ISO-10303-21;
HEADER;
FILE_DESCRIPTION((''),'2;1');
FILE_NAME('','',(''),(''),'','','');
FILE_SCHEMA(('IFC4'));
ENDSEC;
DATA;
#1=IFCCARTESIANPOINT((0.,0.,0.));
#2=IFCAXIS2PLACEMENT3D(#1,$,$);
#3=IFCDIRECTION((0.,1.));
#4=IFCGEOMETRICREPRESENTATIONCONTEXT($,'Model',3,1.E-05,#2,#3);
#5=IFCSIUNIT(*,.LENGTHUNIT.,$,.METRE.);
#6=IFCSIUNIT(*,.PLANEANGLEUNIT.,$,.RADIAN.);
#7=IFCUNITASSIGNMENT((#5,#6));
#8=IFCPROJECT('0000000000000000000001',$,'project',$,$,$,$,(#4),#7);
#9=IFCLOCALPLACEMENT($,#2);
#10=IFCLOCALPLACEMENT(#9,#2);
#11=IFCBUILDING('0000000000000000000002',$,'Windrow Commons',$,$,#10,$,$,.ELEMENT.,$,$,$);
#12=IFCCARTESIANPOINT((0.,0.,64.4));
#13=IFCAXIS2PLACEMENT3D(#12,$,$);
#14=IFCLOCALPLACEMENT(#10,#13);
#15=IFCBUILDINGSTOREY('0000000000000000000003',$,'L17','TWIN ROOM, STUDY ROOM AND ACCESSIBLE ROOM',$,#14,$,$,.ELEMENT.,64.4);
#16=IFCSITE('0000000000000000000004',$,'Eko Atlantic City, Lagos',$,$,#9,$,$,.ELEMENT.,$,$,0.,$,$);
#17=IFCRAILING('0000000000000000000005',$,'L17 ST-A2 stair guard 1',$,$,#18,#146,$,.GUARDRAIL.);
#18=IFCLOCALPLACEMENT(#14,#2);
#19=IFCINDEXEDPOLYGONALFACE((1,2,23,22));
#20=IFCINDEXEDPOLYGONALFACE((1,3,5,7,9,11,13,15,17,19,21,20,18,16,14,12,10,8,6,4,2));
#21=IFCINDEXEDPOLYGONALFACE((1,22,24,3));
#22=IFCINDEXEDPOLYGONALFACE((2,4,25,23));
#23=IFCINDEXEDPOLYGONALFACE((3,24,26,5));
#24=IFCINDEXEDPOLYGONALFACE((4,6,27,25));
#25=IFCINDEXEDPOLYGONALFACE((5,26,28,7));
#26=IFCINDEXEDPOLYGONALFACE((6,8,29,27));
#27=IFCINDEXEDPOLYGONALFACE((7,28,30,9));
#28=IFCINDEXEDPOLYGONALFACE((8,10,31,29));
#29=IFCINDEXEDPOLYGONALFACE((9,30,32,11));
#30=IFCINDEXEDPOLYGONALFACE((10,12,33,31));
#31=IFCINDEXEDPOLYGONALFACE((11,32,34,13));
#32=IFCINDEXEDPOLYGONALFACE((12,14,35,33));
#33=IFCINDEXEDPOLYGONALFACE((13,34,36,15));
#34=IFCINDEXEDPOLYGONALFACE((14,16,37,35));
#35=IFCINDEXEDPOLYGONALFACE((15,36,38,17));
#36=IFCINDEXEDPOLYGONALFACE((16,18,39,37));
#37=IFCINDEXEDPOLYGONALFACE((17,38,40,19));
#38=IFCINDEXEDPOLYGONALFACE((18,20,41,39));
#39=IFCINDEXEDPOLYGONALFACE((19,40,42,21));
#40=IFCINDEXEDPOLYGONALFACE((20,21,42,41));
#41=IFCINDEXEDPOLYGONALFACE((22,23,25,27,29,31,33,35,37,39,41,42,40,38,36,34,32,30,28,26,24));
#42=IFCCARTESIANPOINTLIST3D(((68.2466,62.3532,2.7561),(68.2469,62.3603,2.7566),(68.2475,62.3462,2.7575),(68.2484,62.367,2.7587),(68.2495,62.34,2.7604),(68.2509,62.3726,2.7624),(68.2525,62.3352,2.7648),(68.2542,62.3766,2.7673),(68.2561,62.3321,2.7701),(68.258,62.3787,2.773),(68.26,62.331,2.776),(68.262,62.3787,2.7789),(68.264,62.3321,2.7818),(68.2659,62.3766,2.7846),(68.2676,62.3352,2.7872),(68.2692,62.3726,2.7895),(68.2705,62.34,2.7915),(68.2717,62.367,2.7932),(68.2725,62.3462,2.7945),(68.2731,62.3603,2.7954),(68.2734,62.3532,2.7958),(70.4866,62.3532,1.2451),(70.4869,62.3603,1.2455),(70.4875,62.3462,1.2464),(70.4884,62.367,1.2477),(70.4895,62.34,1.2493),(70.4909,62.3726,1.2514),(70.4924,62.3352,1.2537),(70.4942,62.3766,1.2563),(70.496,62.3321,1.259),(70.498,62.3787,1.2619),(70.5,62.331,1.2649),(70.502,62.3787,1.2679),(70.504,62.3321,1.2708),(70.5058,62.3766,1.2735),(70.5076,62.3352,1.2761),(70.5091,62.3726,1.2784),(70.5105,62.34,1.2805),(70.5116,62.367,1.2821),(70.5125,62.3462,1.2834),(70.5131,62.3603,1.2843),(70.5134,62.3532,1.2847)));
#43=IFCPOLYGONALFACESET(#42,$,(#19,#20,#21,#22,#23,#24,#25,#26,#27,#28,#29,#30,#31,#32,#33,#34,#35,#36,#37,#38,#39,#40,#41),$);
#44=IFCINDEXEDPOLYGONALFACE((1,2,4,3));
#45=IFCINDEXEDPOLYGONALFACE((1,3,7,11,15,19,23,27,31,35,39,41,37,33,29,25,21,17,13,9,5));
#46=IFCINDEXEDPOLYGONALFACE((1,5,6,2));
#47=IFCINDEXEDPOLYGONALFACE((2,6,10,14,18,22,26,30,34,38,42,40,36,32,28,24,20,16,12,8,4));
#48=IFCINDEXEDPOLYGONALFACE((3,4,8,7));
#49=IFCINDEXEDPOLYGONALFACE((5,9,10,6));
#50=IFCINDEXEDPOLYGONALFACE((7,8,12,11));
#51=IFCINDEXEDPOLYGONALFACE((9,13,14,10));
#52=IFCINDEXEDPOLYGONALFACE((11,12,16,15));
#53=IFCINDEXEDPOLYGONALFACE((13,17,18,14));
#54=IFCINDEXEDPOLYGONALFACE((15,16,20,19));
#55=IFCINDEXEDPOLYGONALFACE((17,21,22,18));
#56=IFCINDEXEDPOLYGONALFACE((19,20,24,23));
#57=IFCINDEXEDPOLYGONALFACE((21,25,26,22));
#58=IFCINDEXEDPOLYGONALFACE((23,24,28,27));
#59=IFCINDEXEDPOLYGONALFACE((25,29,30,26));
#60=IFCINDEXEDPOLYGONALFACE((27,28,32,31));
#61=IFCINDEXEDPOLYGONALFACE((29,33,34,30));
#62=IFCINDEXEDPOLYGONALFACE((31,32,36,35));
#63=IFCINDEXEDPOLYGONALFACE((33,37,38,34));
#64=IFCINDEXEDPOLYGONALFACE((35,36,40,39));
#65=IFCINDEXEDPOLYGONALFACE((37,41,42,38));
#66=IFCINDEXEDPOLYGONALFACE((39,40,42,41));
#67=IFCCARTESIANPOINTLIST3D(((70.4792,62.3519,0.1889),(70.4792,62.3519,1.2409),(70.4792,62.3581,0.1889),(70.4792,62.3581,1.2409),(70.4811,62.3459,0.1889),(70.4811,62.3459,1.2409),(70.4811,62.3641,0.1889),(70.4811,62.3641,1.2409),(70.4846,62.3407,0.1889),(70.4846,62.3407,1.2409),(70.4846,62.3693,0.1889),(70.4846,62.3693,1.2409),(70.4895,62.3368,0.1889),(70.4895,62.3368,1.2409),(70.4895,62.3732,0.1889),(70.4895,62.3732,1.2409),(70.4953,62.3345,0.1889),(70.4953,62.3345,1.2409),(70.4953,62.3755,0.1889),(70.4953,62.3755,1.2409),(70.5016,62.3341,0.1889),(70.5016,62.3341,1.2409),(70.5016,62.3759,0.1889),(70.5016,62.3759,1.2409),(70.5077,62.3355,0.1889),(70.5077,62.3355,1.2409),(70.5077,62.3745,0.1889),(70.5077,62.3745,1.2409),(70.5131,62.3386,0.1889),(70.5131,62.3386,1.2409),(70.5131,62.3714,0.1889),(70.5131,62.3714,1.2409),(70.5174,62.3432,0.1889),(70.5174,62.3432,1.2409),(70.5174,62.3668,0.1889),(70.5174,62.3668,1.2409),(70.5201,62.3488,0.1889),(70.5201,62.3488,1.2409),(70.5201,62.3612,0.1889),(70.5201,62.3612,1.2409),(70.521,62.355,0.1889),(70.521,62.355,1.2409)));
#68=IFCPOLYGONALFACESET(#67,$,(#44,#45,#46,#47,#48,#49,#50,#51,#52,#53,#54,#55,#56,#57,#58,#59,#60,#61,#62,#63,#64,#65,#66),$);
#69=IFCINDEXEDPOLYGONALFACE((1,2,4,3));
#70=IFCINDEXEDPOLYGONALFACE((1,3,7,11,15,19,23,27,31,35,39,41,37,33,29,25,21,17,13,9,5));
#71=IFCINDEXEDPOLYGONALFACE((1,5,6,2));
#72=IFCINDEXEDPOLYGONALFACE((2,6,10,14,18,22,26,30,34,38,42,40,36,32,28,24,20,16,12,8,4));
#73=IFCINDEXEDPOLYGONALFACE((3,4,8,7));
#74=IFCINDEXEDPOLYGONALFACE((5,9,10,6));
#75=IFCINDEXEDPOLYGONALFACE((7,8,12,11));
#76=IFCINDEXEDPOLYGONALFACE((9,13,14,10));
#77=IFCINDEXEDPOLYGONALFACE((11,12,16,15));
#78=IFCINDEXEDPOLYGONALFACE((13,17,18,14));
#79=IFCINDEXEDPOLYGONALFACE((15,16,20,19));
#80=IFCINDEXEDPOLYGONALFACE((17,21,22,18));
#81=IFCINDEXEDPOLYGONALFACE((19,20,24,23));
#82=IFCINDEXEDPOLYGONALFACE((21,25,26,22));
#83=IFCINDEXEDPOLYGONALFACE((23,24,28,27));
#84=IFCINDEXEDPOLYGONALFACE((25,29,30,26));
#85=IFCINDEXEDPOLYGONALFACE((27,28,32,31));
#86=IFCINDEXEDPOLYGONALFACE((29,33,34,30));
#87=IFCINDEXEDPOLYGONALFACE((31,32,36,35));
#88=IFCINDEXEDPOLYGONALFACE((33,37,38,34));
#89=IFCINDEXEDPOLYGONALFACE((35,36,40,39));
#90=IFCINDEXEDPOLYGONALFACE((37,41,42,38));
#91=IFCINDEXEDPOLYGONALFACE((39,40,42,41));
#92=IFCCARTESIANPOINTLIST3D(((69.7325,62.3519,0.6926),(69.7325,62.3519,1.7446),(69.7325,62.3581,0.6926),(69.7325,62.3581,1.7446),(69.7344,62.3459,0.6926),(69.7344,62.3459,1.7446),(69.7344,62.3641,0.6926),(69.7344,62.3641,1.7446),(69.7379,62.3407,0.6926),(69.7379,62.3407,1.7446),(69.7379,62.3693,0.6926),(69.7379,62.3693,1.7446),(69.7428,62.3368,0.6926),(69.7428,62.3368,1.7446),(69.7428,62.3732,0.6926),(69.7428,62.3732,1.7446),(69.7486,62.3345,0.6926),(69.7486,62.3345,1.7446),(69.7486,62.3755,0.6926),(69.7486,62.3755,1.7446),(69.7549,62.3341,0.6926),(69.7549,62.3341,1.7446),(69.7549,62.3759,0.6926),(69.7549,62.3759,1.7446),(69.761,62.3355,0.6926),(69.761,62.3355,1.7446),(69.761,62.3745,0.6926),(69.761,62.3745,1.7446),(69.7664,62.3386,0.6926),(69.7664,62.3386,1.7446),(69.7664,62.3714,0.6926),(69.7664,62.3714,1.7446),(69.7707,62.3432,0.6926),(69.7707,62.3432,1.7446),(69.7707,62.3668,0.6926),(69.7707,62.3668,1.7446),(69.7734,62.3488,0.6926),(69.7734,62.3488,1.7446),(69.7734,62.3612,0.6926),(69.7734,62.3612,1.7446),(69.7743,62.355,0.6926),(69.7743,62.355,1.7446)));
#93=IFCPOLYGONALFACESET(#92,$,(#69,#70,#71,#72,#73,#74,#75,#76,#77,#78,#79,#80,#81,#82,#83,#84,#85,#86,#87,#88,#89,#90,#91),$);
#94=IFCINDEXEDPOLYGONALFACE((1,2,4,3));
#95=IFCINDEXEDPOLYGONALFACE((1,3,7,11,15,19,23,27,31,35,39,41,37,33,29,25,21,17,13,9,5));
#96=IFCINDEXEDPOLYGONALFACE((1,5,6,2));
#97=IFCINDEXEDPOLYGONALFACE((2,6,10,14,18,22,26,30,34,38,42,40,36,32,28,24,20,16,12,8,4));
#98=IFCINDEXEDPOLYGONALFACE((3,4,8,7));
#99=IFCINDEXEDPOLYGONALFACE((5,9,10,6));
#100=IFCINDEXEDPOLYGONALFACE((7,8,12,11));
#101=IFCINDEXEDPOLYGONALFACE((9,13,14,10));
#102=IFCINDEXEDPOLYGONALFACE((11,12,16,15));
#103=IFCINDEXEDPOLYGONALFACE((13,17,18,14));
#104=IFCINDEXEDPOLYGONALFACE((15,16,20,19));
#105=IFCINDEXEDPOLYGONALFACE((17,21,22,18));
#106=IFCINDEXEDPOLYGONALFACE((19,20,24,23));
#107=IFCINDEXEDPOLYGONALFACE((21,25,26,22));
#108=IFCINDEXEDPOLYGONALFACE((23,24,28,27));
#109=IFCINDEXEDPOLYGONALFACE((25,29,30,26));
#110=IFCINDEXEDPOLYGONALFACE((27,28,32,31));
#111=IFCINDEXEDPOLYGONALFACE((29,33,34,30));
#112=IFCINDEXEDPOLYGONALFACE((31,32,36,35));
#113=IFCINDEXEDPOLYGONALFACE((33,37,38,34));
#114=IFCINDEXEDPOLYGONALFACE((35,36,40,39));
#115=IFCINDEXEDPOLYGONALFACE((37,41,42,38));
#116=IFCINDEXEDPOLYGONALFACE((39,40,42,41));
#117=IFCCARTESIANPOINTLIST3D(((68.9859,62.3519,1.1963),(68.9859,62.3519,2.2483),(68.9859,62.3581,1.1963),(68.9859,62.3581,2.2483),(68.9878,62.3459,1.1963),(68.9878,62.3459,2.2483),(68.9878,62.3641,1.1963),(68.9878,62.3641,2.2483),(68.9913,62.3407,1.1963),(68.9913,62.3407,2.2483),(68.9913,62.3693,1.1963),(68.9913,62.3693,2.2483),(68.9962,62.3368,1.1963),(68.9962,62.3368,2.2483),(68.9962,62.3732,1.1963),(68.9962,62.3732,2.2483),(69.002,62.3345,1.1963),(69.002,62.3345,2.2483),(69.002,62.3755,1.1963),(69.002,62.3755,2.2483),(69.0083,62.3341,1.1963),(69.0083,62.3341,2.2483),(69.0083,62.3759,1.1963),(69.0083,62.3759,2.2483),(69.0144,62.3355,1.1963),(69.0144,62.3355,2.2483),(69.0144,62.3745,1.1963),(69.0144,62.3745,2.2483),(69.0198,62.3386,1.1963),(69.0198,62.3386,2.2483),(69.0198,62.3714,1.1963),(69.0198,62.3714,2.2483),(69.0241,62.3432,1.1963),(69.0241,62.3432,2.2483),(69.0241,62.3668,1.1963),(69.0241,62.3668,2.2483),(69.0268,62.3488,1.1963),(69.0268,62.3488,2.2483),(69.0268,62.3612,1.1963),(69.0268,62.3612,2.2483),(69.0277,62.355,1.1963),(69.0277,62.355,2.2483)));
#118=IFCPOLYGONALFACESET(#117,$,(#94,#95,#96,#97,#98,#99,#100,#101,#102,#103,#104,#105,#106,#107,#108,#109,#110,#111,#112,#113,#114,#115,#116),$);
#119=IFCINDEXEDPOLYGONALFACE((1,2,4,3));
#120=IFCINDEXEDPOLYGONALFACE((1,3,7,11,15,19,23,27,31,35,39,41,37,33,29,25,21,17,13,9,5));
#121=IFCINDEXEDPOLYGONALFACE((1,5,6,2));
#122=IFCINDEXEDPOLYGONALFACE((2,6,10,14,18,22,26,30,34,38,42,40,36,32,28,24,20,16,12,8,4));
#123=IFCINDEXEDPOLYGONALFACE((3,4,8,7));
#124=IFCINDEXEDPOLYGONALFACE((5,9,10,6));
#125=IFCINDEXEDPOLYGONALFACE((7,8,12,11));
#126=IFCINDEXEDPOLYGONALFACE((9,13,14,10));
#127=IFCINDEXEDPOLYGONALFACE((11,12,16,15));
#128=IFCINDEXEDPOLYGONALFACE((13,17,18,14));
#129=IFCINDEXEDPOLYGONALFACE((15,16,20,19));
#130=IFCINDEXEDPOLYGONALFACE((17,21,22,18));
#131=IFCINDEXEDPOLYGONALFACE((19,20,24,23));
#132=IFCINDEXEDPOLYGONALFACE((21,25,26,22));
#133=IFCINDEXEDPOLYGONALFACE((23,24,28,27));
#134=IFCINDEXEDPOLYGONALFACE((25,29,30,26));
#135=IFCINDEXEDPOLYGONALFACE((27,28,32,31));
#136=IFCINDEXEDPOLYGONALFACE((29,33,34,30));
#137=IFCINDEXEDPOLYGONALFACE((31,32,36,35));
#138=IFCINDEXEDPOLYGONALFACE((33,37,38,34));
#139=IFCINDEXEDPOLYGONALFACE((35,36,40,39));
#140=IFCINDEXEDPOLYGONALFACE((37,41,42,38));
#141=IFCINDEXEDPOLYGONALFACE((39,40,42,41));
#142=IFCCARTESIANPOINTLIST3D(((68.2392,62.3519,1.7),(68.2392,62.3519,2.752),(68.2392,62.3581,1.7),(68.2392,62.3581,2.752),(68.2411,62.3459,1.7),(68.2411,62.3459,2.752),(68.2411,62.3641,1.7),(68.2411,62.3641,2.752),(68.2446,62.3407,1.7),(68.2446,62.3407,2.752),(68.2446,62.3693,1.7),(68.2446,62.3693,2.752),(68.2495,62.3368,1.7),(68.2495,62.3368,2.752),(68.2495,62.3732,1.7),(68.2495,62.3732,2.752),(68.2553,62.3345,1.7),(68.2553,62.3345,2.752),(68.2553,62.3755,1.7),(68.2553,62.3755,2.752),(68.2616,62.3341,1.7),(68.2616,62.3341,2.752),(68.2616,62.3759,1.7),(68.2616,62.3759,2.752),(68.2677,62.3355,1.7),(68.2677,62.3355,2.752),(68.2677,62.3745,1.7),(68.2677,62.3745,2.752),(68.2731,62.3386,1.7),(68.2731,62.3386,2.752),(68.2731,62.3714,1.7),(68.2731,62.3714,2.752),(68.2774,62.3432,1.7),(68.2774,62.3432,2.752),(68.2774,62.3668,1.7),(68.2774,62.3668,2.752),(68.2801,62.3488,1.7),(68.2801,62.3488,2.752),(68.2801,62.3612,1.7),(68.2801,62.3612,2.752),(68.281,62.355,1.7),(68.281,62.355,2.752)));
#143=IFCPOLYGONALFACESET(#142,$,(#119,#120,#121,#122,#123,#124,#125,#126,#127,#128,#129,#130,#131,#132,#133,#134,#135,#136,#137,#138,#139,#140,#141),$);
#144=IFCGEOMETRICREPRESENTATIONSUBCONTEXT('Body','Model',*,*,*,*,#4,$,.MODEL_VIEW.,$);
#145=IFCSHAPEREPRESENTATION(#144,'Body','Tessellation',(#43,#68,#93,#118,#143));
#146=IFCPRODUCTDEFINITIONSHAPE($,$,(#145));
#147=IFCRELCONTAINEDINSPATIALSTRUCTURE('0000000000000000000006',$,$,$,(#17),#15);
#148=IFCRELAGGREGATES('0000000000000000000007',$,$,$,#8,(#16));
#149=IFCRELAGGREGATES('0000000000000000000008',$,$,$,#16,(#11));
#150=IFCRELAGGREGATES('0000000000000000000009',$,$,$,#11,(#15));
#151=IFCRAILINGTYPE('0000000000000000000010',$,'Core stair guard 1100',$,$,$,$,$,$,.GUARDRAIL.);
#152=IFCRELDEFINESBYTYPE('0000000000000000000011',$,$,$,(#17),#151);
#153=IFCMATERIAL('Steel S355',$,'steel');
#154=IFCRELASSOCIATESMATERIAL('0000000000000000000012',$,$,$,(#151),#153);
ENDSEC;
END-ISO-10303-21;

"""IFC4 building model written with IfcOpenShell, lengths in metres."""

from ifc_helpers import new_model, si_unit, direction, frame, origin, origin_2d, place, context, subcontext, project, spatial, circle, extrude, material, type_object, element, save


model = new_model("IFC4")

# Units and contexts
model_context = context("Model", 3, precision=1e-05, world=origin(), true_north=direction((0.0, 1.0)))
body_context = subcontext(model_context, "Body", "Model", "MODEL_VIEW")
ifc_project = project(units=[si_unit("LENGTHUNIT", "METRE"), si_unit("PLANEANGLEUNIT", "RADIAN")], contexts=[model_context])

# Site, building, storey
site_placement = place(None, origin())
site = spatial("IfcSite", under=ifc_project, at=site_placement, Name="Eko Atlantic City, Lagos", CompositionType="ELEMENT", RefElevation=0.0)
building_placement = place(site_placement, origin())
building = spatial("IfcBuilding", under=site, at=building_placement, Name="Windrow Commons", CompositionType="ELEMENT")
storey_placement = place(building_placement, frame((0.0, 0.0, 64.4)))
storey = spatial("IfcBuildingStorey", under=building, at=storey_placement, Name="L17", Description="TWIN ROOM, STUDY ROOM AND ACCESSIBLE ROOM", CompositionType="ELEMENT", Elevation=64.4)

# Railing
ifc_material_1 = material(Name="Steel S355", Category="steel")
railing_type_1 = type_object("IfcRailingType", Name="Core stair guard 1100", PredefinedType="GUARDRAIL", material=ifc_material_1)
railing_1_placement = place(storey_placement, frame((70.5, 62.355, 0.1889)))
element("IfcRailing", 1, at=railing_1_placement, inside=storey, type_object=railing_type_1, Name="L17 ST-A2 stair guard 1", PredefinedType="GUARDRAIL", context=body_context, shape_type="SweptSolid", body=[
    extrude(circle(Radius=0.024, at=origin_2d()), frame((0.0, 0.0, 1.076), z_axis=(-0.829003, 0.0, 0.559244), x_axis=(0.0, -1.0, 0.0)), (0.0, 0.0, 1.0), 2.702),
    extrude(circle(Radius=0.021, at=origin_2d()), origin(), (0.0, 0.0, 1.0), 1.052),
    extrude(circle(Radius=0.021, at=origin_2d()), frame((-0.7467, 0.0, 0.5037)), (0.0, 0.0, 1.0), 1.052),
    extrude(circle(Radius=0.021, at=origin_2d()), frame((-1.4933, 0.0, 1.0074)), (0.0, 0.0, 1.0), 1.052),
    extrude(circle(Radius=0.021, at=origin_2d()), frame((-2.24, 0.0, 1.5111)), (0.0, 0.0, 1.0), 1.052),
])

save(model, "model.ifc")
